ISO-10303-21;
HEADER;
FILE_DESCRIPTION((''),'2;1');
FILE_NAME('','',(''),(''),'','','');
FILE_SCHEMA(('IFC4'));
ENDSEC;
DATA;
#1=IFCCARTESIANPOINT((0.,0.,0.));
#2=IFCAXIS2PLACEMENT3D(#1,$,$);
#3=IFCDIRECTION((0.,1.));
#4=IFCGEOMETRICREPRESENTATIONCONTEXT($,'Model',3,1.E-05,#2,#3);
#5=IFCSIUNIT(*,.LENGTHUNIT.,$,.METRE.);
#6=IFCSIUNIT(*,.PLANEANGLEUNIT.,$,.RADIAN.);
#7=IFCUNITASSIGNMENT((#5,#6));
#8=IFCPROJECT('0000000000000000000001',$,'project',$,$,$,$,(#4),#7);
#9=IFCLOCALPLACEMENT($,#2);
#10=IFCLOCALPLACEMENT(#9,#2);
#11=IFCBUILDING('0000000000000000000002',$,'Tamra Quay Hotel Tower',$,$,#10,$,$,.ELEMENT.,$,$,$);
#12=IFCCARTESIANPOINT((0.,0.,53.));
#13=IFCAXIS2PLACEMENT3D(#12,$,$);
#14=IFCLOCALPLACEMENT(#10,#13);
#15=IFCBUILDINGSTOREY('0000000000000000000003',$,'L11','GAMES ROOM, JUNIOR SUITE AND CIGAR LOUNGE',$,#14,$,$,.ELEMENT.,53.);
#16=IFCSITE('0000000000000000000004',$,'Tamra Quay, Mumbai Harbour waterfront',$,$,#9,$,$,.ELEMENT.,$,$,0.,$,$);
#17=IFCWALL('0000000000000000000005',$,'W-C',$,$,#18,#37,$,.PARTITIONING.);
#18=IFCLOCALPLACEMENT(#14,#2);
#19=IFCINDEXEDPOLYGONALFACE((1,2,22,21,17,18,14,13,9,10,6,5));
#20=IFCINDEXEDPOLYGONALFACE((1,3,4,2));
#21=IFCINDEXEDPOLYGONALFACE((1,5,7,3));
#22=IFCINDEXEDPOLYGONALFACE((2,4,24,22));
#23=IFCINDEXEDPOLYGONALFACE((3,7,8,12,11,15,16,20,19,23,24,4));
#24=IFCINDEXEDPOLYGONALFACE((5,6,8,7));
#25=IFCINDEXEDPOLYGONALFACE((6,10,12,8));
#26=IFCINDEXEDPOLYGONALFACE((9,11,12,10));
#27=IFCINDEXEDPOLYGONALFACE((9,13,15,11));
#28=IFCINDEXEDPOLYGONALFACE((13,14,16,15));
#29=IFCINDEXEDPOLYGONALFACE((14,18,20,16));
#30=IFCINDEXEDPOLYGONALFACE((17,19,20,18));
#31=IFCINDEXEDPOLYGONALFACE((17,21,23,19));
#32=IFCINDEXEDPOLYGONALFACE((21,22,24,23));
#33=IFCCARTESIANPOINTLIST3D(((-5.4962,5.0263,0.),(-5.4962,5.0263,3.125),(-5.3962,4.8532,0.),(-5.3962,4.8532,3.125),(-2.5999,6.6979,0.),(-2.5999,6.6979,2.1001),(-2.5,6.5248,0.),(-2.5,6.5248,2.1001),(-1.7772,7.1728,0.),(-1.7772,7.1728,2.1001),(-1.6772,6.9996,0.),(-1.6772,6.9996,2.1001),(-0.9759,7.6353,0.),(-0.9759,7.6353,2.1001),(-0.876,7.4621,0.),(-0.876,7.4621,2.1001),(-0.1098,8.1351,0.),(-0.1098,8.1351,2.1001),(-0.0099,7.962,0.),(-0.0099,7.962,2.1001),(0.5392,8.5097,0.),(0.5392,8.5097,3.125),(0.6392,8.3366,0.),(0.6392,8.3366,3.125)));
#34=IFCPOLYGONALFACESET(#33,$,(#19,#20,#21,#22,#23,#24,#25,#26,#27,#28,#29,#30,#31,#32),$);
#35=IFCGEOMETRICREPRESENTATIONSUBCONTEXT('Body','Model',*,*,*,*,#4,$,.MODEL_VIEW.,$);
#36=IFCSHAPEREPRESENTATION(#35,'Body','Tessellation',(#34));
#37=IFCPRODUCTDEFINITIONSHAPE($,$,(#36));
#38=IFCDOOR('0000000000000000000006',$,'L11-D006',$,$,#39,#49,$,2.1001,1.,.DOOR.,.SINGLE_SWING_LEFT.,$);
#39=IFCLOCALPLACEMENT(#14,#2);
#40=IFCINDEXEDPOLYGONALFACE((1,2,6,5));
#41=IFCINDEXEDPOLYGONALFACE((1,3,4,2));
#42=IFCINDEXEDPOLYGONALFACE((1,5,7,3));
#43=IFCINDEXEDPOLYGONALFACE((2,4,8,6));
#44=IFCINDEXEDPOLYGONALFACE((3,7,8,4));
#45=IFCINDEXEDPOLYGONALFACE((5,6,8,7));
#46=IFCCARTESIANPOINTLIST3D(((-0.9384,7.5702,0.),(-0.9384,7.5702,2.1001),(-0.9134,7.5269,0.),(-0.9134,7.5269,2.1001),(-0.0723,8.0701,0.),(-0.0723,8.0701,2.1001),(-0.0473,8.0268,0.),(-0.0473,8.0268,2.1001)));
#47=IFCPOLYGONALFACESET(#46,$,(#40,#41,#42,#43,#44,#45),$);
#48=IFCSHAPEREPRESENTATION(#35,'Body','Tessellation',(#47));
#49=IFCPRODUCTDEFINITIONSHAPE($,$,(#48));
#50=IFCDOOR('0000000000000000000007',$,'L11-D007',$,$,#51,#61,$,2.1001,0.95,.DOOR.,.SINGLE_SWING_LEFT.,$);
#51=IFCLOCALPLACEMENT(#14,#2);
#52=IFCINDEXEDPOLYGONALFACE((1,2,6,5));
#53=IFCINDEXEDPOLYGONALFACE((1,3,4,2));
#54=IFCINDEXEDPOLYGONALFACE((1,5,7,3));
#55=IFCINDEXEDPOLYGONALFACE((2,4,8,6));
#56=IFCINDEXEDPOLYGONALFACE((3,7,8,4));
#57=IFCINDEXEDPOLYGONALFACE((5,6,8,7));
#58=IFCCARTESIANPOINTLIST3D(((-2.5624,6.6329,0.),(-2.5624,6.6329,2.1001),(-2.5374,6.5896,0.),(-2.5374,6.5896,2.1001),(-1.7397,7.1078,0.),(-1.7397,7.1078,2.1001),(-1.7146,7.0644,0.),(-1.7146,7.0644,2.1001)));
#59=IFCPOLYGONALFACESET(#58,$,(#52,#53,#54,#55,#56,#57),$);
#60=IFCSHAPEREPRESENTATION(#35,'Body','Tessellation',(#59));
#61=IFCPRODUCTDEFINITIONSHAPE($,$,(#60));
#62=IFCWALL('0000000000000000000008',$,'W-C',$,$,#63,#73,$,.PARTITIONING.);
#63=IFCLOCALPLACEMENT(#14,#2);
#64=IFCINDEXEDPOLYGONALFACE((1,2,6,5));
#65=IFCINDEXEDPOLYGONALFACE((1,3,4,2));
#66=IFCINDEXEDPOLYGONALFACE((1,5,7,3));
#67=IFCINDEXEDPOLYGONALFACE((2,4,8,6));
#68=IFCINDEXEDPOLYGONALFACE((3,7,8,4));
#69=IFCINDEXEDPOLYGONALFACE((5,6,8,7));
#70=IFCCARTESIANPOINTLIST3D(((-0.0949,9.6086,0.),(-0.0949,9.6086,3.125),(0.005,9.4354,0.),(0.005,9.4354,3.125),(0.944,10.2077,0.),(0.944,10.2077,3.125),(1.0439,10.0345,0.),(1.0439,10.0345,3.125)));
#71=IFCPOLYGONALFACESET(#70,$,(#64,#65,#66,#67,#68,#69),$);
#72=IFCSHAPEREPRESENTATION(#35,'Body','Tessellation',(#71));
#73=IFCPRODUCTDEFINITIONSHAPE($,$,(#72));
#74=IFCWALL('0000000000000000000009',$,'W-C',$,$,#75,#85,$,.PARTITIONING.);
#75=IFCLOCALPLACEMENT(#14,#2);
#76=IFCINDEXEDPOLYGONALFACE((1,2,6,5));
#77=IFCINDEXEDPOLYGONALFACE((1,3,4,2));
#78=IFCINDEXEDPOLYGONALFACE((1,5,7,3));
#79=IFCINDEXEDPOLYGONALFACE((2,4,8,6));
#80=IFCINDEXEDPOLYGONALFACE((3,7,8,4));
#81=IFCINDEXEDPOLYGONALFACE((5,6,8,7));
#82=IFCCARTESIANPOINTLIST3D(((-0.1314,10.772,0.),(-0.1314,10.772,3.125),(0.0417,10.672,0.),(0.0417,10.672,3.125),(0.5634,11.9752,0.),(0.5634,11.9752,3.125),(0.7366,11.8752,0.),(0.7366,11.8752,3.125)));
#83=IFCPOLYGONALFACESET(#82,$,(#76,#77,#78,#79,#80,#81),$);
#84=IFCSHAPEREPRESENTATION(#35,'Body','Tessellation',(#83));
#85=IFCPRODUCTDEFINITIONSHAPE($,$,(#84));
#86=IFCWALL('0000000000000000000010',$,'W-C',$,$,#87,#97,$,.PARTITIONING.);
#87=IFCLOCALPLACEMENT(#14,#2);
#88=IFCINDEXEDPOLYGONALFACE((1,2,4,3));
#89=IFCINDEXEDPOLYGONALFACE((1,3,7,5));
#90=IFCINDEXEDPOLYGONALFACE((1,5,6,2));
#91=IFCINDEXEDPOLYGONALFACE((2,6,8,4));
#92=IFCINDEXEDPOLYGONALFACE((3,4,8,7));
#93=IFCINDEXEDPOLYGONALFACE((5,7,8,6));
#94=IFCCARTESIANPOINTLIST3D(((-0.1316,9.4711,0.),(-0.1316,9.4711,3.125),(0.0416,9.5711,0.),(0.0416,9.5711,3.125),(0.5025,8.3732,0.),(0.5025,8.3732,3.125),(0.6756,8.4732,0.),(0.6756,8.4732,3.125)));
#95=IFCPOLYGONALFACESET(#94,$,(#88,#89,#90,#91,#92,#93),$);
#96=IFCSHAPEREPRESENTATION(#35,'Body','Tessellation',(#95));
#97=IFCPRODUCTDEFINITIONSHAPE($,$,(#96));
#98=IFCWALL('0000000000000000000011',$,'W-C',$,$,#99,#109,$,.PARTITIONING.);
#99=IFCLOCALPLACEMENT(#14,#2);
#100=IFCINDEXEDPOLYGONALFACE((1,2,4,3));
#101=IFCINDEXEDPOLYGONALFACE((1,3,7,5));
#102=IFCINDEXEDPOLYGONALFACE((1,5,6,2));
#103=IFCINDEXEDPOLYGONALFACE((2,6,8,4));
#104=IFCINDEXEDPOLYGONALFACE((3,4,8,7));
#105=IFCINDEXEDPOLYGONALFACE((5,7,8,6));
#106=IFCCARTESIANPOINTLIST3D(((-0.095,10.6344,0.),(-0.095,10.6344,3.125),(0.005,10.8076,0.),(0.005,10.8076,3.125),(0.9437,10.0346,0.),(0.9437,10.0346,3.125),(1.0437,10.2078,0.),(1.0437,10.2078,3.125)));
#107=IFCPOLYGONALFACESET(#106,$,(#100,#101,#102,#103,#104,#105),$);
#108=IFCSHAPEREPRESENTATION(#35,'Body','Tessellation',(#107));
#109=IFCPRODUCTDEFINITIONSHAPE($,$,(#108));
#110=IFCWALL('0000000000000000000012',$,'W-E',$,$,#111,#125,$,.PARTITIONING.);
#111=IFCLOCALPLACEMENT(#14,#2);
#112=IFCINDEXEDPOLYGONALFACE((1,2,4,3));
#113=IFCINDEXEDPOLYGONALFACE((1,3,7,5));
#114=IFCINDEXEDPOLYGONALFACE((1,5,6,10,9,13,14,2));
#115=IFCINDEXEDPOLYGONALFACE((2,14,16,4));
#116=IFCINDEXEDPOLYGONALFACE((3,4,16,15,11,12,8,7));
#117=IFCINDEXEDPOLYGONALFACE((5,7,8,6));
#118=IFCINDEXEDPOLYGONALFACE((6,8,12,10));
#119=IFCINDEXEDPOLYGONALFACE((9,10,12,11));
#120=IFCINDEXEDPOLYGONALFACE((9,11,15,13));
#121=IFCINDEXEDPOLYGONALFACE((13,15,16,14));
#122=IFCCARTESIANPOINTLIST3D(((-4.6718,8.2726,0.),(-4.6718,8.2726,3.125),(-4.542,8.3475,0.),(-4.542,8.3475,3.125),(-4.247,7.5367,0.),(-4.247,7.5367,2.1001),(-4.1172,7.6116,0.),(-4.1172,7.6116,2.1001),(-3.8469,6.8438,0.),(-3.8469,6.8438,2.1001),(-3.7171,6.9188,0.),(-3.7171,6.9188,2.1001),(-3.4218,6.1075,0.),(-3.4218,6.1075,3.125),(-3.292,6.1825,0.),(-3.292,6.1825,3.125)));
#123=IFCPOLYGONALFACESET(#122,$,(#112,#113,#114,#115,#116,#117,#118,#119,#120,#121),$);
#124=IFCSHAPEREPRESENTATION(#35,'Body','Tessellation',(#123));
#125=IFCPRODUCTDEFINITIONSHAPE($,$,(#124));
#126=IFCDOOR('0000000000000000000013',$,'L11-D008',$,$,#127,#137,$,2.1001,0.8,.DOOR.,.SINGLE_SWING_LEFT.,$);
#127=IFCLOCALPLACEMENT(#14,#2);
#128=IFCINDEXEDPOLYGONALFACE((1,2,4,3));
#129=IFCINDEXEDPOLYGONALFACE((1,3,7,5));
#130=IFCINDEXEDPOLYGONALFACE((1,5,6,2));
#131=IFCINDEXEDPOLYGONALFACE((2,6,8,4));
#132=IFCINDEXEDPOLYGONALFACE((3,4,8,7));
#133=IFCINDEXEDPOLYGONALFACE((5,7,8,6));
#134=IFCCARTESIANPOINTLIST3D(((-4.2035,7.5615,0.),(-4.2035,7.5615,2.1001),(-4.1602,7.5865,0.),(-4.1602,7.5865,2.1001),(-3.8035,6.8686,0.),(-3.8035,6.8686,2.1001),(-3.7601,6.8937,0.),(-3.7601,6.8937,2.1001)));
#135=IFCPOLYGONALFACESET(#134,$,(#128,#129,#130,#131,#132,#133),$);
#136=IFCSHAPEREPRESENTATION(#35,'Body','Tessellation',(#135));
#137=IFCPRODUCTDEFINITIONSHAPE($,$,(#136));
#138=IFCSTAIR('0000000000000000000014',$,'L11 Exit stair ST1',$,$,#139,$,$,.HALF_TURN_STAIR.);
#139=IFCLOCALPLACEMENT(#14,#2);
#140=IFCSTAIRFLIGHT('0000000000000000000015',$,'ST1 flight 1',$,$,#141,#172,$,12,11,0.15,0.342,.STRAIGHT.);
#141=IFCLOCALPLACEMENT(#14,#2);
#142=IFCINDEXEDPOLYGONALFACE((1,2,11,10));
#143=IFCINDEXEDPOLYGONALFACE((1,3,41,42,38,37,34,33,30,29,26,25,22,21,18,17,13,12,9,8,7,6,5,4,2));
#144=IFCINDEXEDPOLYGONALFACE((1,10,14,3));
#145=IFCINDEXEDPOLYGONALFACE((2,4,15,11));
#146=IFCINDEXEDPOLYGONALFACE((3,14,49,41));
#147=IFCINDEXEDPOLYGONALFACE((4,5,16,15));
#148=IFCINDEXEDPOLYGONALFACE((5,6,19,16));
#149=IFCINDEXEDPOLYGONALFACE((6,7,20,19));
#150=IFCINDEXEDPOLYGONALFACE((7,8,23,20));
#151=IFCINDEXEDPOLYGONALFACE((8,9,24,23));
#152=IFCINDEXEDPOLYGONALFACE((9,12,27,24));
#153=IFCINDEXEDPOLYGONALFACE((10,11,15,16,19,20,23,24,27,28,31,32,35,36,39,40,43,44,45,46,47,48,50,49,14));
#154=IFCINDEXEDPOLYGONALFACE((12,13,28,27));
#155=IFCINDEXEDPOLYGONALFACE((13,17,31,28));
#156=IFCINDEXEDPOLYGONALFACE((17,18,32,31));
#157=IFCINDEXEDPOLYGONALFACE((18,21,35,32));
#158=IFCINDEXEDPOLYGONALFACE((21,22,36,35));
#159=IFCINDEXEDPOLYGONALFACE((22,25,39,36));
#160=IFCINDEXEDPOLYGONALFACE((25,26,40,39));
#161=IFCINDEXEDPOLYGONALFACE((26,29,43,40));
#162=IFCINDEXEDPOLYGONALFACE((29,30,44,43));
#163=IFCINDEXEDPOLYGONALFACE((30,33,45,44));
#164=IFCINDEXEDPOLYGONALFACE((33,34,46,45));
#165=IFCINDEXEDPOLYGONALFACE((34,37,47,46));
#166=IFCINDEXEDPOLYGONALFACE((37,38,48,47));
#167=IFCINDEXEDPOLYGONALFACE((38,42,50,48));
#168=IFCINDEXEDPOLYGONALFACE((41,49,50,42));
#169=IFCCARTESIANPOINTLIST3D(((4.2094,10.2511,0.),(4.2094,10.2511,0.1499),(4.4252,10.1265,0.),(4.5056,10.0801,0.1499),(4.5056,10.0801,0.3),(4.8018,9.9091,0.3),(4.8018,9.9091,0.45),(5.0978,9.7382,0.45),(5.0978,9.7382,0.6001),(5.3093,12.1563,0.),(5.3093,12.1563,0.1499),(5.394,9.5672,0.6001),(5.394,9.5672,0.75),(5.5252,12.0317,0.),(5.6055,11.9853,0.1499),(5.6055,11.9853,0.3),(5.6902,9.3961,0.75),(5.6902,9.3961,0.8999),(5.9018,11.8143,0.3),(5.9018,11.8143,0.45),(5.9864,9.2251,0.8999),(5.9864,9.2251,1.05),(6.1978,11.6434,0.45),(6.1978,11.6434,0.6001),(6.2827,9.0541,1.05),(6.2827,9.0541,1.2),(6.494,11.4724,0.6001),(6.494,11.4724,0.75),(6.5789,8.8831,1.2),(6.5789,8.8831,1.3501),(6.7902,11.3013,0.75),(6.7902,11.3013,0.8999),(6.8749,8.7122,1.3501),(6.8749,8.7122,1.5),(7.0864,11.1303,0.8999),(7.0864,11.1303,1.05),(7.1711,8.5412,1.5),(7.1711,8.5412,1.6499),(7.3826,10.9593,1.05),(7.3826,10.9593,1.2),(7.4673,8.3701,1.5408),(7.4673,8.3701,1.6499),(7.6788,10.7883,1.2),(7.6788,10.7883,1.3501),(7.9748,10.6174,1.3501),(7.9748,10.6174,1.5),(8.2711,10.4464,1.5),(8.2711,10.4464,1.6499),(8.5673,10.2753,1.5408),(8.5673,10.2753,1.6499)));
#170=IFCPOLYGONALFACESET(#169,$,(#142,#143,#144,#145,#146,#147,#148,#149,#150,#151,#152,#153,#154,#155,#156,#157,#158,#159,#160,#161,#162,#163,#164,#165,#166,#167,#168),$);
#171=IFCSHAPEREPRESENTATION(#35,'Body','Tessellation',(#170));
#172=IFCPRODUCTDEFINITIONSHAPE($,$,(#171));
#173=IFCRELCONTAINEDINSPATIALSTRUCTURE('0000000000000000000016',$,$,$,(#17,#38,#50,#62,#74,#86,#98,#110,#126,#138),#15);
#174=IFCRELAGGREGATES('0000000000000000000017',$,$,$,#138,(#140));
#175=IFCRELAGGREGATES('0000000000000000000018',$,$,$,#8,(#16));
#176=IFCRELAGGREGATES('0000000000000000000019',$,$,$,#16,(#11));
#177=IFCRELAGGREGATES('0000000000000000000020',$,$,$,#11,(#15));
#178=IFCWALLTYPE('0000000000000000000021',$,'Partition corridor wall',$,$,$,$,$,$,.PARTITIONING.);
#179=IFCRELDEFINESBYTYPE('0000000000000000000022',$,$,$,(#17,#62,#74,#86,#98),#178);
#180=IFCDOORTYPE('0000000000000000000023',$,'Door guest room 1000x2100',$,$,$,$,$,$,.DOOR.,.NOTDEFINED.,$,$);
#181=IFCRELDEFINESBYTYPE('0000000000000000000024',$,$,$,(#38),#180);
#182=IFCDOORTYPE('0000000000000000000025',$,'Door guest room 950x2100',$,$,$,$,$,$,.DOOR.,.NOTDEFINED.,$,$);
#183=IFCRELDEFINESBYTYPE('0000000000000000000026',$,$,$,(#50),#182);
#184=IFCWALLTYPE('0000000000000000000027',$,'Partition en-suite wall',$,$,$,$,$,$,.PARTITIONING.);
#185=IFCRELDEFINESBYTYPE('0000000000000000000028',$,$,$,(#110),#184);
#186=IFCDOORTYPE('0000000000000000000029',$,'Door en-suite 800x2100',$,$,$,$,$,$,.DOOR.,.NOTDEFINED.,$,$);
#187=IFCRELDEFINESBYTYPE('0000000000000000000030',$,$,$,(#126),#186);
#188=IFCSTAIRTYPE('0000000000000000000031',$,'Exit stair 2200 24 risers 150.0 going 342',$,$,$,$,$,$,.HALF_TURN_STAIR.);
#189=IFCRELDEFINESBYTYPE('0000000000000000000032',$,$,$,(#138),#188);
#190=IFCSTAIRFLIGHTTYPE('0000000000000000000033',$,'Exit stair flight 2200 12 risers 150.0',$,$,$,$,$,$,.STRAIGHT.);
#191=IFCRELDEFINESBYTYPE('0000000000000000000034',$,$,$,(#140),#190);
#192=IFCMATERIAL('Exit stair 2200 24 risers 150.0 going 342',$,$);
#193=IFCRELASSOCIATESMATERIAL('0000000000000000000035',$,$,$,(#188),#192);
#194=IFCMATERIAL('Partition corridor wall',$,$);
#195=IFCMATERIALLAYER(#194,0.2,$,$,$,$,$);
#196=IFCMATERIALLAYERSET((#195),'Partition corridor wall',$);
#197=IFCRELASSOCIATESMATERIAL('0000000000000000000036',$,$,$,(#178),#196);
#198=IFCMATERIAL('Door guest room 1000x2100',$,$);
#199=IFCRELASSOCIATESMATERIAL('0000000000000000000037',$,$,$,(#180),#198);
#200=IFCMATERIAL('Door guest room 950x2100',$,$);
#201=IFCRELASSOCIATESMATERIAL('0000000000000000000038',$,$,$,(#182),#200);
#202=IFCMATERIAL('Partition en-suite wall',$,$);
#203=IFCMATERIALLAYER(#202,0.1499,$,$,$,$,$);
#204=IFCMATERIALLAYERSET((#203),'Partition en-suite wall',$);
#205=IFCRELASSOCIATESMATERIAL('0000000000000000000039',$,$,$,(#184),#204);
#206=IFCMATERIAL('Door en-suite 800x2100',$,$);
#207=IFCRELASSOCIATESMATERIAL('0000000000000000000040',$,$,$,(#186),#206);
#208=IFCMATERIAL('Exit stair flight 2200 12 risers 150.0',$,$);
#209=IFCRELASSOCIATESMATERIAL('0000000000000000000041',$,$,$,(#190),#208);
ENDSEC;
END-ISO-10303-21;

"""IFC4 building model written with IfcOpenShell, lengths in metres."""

from ifc_helpers import new_model, si_unit, direction, frame, frame_2d, origin, place, context, subcontext, project, spatial, polyline, rectangle, outline, extrude, material, layer, layer_set, type_object, element, fill, aggregate, save


model = new_model("IFC4")

# Units and contexts
model_context = context("Model", 3, precision=1e-05, world=origin(), true_north=direction((0.0, 1.0)))
body_context = subcontext(model_context, "Body", "Model", "MODEL_VIEW")
ifc_project = project(units=[si_unit("LENGTHUNIT", "METRE"), si_unit("PLANEANGLEUNIT", "RADIAN")], contexts=[model_context])

# Site, building, storey
site_placement = place(None, origin())
site = spatial("IfcSite", under=ifc_project, at=site_placement, Name="Tamra Quay, Mumbai Harbour waterfront", CompositionType="ELEMENT", RefElevation=0.0)
building_placement = place(site_placement, origin())
building = spatial("IfcBuilding", under=site, at=building_placement, Name="Tamra Quay Hotel Tower", CompositionType="ELEMENT")
storey_placement = place(building_placement, frame((0.0, 0.0, 53.0)))
storey = spatial("IfcBuildingStorey", under=building, at=storey_placement, Name="L11", Description="GAMES ROOM, JUNIOR SUITE AND CIGAR LOUNGE", CompositionType="ELEMENT", Elevation=53.0)

# Shared definitions
ifc_material_1 = material(Name="Exit stair 2200 24 risers 150.0 going 342")
stair_type = type_object("IfcStairType", Name="Exit stair 2200 24 risers 150.0 going 342", PredefinedType="HALF_TURN_STAIR", material=ifc_material_1)

# Wall, openings, doors
ifc_material_2 = material(Name="Partition corridor wall")
ifc_layer_1 = layer(ifc_material_2, 0.2)
ifc_layer_set_1 = layer_set([ifc_layer_1], Name="Partition corridor wall")
wall_type_1 = type_object("IfcWallType", Name="Partition corridor wall", PredefinedType="PARTITIONING", material=ifc_layer_set_1)
wall_1_placement = place(storey_placement, frame((-5.4463, 4.9397, 0.0), z_axis=(0.0, 0.0, 1.0), x_axis=(0.866096, 0.499877, 0.0)))
wall_1 = element("IfcWall", 1, at=wall_1_placement, inside=storey, type_object=wall_type_1, Name="W-C", PredefinedType="PARTITIONING", context=body_context, shape_type="SweptSolid", body=[
    extrude(rectangle(XDim=6.9685, YDim=0.2, at=frame_2d((3.4844, 0.0))), origin(), (0.0, 0.0, 1.0), 3.125),
])
opening_1_placement = place(wall_1_placement, frame((5.2192, 0.0, 0.0)))
opening_1 = element("IfcOpeningElement", 2, at=opening_1_placement, cuts=wall_1, PredefinedType="OPENING", context=body_context, shape_type="SweptSolid", body=[
    extrude(rectangle(XDim=1.0, YDim=2.1001, at=frame_2d((0.5, 1.05))), frame((0.0, 0.1099, 0.0), z_axis=(0.0, -1.0, 0.0), x_axis=(1.0, 0.0, 0.0)), (0.0, 0.0, 1.0), 0.22),
])
opening_2_placement = place(wall_1_placement, frame((3.344, 0.0, 0.0)))
opening_2 = element("IfcOpeningElement", 3, at=opening_2_placement, cuts=wall_1, PredefinedType="OPENING", context=body_context, shape_type="SweptSolid", body=[
    extrude(rectangle(XDim=0.95, YDim=2.1001, at=frame_2d((0.4751, 1.05))), frame((0.0, 0.1099, 0.0), z_axis=(0.0, -1.0, 0.0), x_axis=(1.0, 0.0, 0.0)), (0.0, 0.0, 1.0), 0.22),
])
ifc_material_3 = material(Name="Door guest room 1000x2100")
door_type_1 = type_object("IfcDoorType", Name="Door guest room 1000x2100", OperationType="NOTDEFINED", PredefinedType="DOOR", material=ifc_material_3)
door_1_placement = place(opening_1_placement, origin())
door_1 = element("IfcDoor", 4, at=door_1_placement, inside=storey, type_object=door_type_1, Name="L11-D006", OperationType="SINGLE_SWING_LEFT", OverallHeight=2.1001, OverallWidth=1.0, PredefinedType="DOOR", context=body_context, shape_type="SweptSolid", body=[
    extrude(rectangle(XDim=1.0, YDim=2.1001, at=frame_2d((0.5, 1.05))), frame((0.0, 0.0249, 0.0), z_axis=(0.0, -1.0, 0.0), x_axis=(1.0, 0.0, 0.0)), (0.0, 0.0, 1.0), 0.05),
])
fill(opening_1, door_1)
ifc_material_4 = material(Name="Door guest room 950x2100")
door_type_2 = type_object("IfcDoorType", Name="Door guest room 950x2100", OperationType="NOTDEFINED", PredefinedType="DOOR", material=ifc_material_4)
door_2_placement = place(opening_2_placement, origin())
door_2 = element("IfcDoor", 5, at=door_2_placement, inside=storey, type_object=door_type_2, Name="L11-D007", OperationType="SINGLE_SWING_LEFT", OverallHeight=2.1001, OverallWidth=0.95, PredefinedType="DOOR", context=body_context, shape_type="SweptSolid", body=[
    extrude(rectangle(XDim=0.95, YDim=2.1001, at=frame_2d((0.4751, 1.05))), frame((0.0, 0.0249, 0.0), z_axis=(0.0, -1.0, 0.0), x_axis=(1.0, 0.0, 0.0)), (0.0, 0.0, 1.0), 0.05),
])
fill(opening_2, door_2)

# Walls
wall_2_placement = place(storey_placement, frame((-0.0449, 9.522, 0.0), z_axis=(0.0, 0.0, 1.0), x_axis=(0.866257, 0.499599, 0.0)))
element("IfcWall", 6, at=wall_2_placement, inside=storey, type_object=wall_type_1, Name="W-C", PredefinedType="PARTITIONING", context=body_context, shape_type="SweptSolid", body=[
    extrude(rectangle(XDim=1.1992, YDim=0.2, at=frame_2d((0.5996, 0.0))), origin(), (0.0, 0.0, 1.0), 3.125),
])
wall_3_placement = place(storey_placement, frame((-0.0449, 10.7219, 0.0), z_axis=(0.0, 0.0, 1.0), x_axis=(0.500108, 0.865963, 0.0)))
element("IfcWall", 7, at=wall_3_placement, inside=storey, type_object=wall_type_1, Name="W-C", PredefinedType="PARTITIONING", context=body_context, shape_type="SweptSolid", body=[
    extrude(rectangle(XDim=1.3894, YDim=0.2, at=frame_2d((0.6948, 0.0))), origin(), (0.0, 0.0, 1.0), 3.125),
])
wall_4_placement = place(storey_placement, frame((-0.0449, 9.521, 0.0), z_axis=(0.0, 0.0, 1.0), x_axis=(0.500095, -0.865971, 0.0)))
element("IfcWall", 8, at=wall_4_placement, inside=storey, type_object=wall_type_1, Name="W-C", PredefinedType="PARTITIONING", context=body_context, shape_type="SweptSolid", body=[
    extrude(rectangle(XDim=1.2678, YDim=0.2, at=frame_2d((0.6338, 0.0))), origin(), (0.0, 0.0, 1.0), 3.125),
])
wall_5_placement = place(storey_placement, frame((-0.0449, 10.7209, 0.0), z_axis=(0.0, 0.0, 1.0), x_axis=(0.865992, -0.500057, 0.0)))
element("IfcWall", 9, at=wall_5_placement, inside=storey, type_object=wall_type_1, Name="W-C", PredefinedType="PARTITIONING", context=body_context, shape_type="SweptSolid", body=[
    extrude(rectangle(XDim=1.1995, YDim=0.2, at=frame_2d((0.5996, 0.0))), origin(), (0.0, 0.0, 1.0), 3.125),
])

# Wall, opening, door
ifc_material_5 = material(Name="Partition en-suite wall")
ifc_layer_2 = layer(ifc_material_5, 0.1499)
ifc_layer_set_2 = layer_set([ifc_layer_2], Name="Partition en-suite wall")
wall_type_2 = type_object("IfcWallType", Name="Partition en-suite wall", PredefinedType="PARTITIONING", material=ifc_layer_set_2)
wall_6_placement = place(storey_placement, frame((-4.6069, 8.3101, 0.0), z_axis=(0.0, 0.0, 1.0), x_axis=(0.500004, -0.866023, 0.0)))
wall_6 = element("IfcWall", 10, at=wall_6_placement, inside=storey, type_object=wall_type_2, Name="W-E", PredefinedType="PARTITIONING", context=body_context, shape_type="SweptSolid", body=[
    extrude(rectangle(XDim=2.5, YDim=0.1499, at=frame_2d((1.25, 0.0))), origin(), (0.0, 0.0, 1.0), 3.125),
])
opening_3_placement = place(wall_6_placement, frame((0.8499, 0.0, 0.0)))
opening_3 = element("IfcOpeningElement", 11, at=opening_3_placement, cuts=wall_6, PredefinedType="OPENING", context=body_context, shape_type="SweptSolid", body=[
    extrude(rectangle(XDim=0.8, YDim=2.1001, at=frame_2d((0.3999, 1.05))), frame((0.0, 0.085, 0.0), z_axis=(0.0, -1.0, 0.0), x_axis=(1.0, 0.0, 0.0)), (0.0, 0.0, 1.0), 0.1699),
])
ifc_material_6 = material(Name="Door en-suite 800x2100")
door_type_3 = type_object("IfcDoorType", Name="Door en-suite 800x2100", OperationType="NOTDEFINED", PredefinedType="DOOR", material=ifc_material_6)
door_3_placement = place(opening_3_placement, frame((0.8, 0.0, 0.0), z_axis=(0.0, 0.0, 1.0), x_axis=(-1.0, 0.0, 0.0)))
door_3 = element("IfcDoor", 12, at=door_3_placement, inside=storey, type_object=door_type_3, Name="L11-D008", OperationType="SINGLE_SWING_LEFT", OverallHeight=2.1001, OverallWidth=0.8, PredefinedType="DOOR", context=body_context, shape_type="SweptSolid", body=[
    extrude(rectangle(XDim=0.8, YDim=2.1001, at=frame_2d((0.3999, 1.05))), frame((0.0, 0.0249, 0.0), z_axis=(0.0, -1.0, 0.0), x_axis=(1.0, 0.0, 0.0)), (0.0, 0.0, 1.0), 0.05),
])
fill(opening_3, door_3)

# Stair, stair flight
stair_1_placement = place(storey_placement, origin())
stair_1 = element("IfcStair", 13, at=stair_1_placement, inside=storey, type_object=stair_type, Name="L11 Exit stair ST1", PredefinedType="HALF_TURN_STAIR")
ifc_material_7 = material(Name="Exit stair flight 2200 12 risers 150.0")
stair_flight_type = type_object("IfcStairFlightType", Name="Exit stair flight 2200 12 risers 150.0", PredefinedType="STRAIGHT", material=ifc_material_7)
stair_flight_placement = place(storey_placement, frame((4.7593, 11.2036, 0.0), z_axis=(0.0, 0.0, 1.0), x_axis=(0.866025, -0.5, 0.0)))
stair_flight = element("IfcStairFlight", 14, at=stair_flight_placement, type_object=stair_flight_type, Name="ST1 flight 1", NumberOfRisers=12, NumberOfTreads=11, PredefinedType="STRAIGHT", RiserHeight=0.15, TreadLength=0.342, context=body_context, shape_type="SweptSolid", body=[
    extrude(outline(polyline([(0.0, 0.0), (0.0, 0.1499), (0.342, 0.1499), (0.342, 0.3), (0.6841, 0.3), (0.6841, 0.45), (1.0259, 0.45), (1.0259, 0.6001), (1.3679, 0.6001), (1.3679, 0.75), (1.71, 0.75), (1.71, 0.8999), (2.052, 0.8999), (2.052, 1.05), (2.394, 1.05), (2.394, 1.2), (2.7361, 1.2), (2.7361, 1.3501), (3.0779, 1.3501), (3.0779, 1.5), (3.4199, 1.5), (3.4199, 1.6499), (3.762, 1.6499), (3.762, 1.8), (3.762, 1.5408), (0.2493, 0.0), (0.0, 0.0)])), frame((0.0, 1.1001, 0.0), z_axis=(0.0, -1.0, 0.0), x_axis=(1.0, 0.0, 0.0)), (0.0, 0.0, 1.0), 2.2),
])
aggregate(stair_1, [stair_flight])

save(model, "model.ifc")
